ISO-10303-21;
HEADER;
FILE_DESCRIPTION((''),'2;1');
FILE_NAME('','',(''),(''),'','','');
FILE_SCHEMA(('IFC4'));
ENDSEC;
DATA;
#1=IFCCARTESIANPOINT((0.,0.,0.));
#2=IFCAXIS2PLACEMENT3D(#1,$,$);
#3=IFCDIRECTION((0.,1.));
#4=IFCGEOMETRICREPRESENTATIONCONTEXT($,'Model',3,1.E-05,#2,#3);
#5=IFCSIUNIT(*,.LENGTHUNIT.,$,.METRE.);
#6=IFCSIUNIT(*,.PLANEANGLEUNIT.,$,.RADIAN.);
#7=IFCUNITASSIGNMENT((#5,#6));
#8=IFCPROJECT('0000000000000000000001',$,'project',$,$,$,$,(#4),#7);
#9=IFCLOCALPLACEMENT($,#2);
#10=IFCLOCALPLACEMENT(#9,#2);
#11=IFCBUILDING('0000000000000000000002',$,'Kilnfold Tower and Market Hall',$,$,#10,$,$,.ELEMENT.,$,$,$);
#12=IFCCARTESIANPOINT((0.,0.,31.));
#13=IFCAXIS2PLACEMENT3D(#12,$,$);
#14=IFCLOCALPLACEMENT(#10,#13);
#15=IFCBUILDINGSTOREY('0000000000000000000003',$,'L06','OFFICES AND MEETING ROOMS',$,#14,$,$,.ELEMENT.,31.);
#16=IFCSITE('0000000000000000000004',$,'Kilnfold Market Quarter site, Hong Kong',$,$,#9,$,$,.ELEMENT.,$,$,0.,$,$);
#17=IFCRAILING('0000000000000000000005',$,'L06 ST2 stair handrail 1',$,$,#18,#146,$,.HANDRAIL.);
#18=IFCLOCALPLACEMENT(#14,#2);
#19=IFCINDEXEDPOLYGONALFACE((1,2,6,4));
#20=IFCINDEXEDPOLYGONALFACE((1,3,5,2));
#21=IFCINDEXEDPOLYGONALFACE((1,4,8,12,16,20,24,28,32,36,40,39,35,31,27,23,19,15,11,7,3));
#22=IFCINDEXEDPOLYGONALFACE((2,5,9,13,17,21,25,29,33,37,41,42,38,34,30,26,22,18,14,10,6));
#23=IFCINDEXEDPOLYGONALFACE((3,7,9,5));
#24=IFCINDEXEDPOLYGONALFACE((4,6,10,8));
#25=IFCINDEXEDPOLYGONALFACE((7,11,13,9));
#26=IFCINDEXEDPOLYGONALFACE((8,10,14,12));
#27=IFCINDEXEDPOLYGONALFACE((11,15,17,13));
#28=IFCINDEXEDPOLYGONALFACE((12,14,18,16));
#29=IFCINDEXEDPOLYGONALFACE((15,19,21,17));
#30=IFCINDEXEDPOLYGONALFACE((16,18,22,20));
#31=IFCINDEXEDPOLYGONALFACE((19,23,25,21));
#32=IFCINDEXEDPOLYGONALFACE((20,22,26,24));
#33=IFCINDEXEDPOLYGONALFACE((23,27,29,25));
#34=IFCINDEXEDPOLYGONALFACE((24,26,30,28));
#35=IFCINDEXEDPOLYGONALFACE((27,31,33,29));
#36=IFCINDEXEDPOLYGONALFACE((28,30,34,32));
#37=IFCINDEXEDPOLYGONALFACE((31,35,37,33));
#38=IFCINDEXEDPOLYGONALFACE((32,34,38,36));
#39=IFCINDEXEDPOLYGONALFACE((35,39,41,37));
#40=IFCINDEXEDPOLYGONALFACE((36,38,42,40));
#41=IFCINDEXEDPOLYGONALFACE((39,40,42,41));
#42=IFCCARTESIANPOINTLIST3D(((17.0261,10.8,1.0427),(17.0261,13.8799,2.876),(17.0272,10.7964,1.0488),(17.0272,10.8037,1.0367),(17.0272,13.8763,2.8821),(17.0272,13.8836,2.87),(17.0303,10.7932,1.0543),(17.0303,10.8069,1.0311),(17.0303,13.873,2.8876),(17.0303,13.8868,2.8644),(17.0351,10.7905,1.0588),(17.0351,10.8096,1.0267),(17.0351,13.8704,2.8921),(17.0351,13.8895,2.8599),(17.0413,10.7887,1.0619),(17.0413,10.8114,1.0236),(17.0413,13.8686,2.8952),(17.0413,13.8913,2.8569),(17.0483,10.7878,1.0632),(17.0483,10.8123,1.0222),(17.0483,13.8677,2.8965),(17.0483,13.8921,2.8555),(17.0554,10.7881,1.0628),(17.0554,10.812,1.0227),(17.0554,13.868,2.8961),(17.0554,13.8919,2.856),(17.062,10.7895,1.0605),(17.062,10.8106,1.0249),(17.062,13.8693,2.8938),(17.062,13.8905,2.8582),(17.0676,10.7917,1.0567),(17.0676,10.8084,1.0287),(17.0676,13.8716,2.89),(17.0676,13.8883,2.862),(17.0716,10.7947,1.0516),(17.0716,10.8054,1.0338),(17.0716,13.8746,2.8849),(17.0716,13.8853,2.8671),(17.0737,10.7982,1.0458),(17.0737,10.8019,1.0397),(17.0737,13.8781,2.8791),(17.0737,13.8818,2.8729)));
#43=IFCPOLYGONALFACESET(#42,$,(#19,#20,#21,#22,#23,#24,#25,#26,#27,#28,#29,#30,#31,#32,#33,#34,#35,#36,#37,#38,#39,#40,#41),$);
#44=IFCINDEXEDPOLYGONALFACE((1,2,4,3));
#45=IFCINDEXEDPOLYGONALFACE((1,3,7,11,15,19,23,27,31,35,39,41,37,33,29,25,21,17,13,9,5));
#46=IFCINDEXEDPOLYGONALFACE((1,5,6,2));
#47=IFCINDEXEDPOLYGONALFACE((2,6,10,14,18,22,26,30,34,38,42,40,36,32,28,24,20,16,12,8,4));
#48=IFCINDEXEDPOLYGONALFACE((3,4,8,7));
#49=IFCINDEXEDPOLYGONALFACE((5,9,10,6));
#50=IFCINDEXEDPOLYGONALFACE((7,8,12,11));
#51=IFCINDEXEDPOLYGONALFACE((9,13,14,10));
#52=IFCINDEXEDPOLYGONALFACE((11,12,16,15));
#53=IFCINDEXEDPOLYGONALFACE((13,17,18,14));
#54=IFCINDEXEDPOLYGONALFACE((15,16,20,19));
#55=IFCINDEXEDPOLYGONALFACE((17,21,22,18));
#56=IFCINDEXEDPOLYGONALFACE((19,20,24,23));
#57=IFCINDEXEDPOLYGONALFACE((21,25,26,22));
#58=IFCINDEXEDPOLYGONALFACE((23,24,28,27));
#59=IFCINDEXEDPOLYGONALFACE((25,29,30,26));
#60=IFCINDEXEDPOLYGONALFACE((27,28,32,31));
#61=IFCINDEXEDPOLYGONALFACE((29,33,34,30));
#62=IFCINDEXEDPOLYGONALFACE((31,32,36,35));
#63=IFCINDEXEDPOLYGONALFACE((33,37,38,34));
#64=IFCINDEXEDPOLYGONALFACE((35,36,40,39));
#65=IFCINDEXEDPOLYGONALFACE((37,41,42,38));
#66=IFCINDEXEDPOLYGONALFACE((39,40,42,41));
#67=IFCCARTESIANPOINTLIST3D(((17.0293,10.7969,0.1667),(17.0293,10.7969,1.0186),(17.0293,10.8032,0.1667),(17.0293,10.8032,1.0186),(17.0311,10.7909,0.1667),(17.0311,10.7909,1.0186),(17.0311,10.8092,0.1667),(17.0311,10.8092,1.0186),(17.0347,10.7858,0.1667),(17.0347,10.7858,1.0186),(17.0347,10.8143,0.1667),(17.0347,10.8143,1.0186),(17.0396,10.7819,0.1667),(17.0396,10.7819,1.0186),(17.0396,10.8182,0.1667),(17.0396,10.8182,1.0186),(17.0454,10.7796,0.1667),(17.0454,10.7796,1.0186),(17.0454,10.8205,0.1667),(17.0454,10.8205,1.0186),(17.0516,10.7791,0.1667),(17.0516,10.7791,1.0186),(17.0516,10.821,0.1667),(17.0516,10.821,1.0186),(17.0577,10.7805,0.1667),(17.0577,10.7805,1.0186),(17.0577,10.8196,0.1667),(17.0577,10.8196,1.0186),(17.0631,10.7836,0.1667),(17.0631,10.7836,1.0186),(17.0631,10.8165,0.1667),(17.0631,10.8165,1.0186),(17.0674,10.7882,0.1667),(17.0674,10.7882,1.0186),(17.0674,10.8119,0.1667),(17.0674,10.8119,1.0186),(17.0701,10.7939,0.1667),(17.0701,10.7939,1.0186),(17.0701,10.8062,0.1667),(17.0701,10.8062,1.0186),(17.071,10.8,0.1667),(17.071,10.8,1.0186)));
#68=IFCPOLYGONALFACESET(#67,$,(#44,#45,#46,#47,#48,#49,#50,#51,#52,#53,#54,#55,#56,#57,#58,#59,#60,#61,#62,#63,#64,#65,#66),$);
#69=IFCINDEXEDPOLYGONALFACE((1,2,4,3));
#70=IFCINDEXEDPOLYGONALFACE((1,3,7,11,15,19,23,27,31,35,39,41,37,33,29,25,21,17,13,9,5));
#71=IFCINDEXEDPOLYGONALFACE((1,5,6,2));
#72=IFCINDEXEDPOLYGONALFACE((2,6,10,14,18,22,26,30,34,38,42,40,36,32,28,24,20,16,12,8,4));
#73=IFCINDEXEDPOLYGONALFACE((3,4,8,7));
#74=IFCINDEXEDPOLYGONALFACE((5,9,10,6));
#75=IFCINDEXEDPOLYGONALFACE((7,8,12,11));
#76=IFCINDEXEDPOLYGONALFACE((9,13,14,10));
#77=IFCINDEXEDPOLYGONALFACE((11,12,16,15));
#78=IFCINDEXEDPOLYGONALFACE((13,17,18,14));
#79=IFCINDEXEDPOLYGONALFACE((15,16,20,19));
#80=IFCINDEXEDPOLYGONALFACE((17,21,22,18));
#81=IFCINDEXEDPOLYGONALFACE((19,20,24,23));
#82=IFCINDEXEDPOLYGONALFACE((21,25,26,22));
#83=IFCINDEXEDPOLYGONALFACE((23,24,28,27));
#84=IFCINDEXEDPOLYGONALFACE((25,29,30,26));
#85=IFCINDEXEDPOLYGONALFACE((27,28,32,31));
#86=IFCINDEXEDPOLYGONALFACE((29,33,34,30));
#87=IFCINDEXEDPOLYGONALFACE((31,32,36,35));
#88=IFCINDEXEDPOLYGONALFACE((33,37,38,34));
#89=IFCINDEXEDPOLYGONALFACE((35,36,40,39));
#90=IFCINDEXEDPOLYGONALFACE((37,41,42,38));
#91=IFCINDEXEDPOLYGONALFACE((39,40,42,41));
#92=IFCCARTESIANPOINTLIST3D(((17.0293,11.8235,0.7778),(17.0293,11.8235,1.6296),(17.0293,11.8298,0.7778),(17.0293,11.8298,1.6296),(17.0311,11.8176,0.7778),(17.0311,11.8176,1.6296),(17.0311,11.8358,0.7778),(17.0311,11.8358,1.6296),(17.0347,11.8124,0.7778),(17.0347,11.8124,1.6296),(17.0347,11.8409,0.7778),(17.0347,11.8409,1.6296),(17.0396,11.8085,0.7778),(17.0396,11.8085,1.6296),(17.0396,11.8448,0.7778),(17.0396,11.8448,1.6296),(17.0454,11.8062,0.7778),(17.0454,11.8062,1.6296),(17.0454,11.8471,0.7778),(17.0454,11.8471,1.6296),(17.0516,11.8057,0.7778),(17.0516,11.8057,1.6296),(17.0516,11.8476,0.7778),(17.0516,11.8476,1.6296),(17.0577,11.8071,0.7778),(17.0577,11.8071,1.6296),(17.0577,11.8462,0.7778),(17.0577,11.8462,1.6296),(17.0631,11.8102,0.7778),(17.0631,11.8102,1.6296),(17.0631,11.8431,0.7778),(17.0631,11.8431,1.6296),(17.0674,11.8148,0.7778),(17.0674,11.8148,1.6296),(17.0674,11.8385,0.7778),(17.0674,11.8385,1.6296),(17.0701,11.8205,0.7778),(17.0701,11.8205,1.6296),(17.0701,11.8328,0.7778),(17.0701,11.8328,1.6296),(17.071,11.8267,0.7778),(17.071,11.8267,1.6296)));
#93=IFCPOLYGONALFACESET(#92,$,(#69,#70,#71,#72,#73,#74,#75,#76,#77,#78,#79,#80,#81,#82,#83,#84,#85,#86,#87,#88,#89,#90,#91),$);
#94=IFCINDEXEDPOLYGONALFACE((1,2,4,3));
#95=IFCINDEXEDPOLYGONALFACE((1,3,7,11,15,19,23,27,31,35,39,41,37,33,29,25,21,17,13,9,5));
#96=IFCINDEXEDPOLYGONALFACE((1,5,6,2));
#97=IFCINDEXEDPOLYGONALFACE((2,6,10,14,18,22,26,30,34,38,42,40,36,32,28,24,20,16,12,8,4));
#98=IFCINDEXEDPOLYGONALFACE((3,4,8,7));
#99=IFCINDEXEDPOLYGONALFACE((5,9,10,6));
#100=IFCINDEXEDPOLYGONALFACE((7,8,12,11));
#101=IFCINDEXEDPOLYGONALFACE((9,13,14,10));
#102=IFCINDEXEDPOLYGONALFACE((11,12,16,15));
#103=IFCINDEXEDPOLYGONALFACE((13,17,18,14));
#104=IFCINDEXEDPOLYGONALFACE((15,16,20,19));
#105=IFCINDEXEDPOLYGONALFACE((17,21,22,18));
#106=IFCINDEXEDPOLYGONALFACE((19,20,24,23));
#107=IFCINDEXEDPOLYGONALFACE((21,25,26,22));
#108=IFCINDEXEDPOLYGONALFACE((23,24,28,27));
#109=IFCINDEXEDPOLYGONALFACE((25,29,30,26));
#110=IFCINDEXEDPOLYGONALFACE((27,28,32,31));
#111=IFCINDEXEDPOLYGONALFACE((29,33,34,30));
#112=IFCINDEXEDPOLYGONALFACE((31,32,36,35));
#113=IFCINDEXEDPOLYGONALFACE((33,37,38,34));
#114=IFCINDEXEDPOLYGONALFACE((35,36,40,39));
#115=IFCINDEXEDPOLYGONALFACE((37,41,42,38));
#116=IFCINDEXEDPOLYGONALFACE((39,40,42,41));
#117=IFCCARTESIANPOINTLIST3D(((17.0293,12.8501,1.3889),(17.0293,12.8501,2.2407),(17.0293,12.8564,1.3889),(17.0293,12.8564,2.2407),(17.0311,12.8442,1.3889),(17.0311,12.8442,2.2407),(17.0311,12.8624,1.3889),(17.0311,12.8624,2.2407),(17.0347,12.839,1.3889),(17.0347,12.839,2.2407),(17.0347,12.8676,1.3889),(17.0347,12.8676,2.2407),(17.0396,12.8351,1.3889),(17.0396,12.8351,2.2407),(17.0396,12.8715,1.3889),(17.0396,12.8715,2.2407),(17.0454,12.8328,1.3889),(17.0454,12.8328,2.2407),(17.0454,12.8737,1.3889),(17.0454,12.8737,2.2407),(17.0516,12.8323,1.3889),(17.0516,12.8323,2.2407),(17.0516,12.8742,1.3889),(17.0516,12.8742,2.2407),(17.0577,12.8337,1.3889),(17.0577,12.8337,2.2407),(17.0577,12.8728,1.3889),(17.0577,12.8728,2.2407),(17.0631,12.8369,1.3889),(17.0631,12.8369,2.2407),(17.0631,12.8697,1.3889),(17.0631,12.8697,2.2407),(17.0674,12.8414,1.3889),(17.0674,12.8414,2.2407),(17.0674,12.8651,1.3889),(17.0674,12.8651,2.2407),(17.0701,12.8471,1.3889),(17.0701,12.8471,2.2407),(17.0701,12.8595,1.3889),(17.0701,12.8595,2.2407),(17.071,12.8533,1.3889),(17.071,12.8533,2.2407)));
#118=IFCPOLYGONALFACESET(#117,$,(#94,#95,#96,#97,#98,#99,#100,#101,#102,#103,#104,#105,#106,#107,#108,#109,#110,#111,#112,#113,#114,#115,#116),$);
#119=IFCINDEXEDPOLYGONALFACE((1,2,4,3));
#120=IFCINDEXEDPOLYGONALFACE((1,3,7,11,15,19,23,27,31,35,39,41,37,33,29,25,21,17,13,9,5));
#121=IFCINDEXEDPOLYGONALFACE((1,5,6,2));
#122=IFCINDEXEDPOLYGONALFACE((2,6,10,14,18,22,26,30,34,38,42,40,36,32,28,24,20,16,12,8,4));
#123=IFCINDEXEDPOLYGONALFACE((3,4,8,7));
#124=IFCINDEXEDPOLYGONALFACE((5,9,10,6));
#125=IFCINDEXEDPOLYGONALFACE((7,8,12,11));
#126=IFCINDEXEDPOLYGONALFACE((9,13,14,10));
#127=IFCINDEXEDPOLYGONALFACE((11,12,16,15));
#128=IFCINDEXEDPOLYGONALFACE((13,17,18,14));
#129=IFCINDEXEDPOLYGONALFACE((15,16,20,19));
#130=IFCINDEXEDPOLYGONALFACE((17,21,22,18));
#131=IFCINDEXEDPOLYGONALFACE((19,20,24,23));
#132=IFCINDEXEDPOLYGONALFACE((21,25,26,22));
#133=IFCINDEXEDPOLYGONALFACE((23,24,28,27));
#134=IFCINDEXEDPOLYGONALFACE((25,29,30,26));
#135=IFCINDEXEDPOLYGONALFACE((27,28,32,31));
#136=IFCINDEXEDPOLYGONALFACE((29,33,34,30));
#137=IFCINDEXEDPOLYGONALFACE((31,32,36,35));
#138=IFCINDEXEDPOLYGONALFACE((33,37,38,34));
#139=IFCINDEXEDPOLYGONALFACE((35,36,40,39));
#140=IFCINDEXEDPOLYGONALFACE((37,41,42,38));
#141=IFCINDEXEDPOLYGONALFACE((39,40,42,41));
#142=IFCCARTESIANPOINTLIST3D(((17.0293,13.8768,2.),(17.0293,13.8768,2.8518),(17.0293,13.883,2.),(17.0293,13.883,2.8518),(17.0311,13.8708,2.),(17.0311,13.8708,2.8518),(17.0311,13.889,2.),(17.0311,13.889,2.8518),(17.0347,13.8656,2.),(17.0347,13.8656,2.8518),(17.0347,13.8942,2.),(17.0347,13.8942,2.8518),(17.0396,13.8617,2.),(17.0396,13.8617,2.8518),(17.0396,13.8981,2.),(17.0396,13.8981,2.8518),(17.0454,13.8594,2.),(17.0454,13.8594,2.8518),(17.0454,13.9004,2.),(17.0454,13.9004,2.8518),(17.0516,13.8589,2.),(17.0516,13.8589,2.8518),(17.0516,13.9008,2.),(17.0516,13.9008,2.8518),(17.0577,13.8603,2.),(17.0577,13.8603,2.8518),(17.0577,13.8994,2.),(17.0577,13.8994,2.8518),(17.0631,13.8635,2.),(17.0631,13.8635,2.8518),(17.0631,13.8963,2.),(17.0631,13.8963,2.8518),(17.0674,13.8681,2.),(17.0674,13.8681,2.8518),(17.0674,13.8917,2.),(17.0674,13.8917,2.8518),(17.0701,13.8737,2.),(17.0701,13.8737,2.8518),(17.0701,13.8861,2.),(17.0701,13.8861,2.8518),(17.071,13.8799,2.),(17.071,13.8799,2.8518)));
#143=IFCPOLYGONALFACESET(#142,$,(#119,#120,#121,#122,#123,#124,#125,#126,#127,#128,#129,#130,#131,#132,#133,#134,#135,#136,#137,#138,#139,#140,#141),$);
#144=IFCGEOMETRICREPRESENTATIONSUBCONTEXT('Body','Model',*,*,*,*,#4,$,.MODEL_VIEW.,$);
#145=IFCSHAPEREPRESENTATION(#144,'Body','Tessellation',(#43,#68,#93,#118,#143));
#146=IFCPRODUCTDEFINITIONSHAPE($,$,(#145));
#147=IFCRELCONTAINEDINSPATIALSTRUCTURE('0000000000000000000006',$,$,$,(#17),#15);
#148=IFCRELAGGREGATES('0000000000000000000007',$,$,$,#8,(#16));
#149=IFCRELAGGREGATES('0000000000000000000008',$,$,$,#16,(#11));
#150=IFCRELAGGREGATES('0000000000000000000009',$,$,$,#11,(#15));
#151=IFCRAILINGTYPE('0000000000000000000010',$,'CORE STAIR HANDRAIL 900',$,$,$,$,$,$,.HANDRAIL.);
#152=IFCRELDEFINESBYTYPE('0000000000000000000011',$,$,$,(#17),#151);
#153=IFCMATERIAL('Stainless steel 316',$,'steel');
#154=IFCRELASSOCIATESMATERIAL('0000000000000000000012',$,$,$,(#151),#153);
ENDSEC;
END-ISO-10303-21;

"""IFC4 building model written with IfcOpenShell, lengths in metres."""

from ifc_helpers import new_model, si_unit, direction, frame, origin, origin_2d, place, context, subcontext, project, spatial, circle, extrude, material, type_object, element, save


model = new_model("IFC4")

# Units and contexts
model_context = context("Model", 3, precision=1e-05, world=origin(), true_north=direction((0.0, 1.0)))
body_context = subcontext(model_context, "Body", "Model", "MODEL_VIEW")
ifc_project = project(units=[si_unit("LENGTHUNIT", "METRE"), si_unit("PLANEANGLEUNIT", "RADIAN")], contexts=[model_context])

# Site, building, storey
site_placement = place(None, origin())
site = spatial("IfcSite", under=ifc_project, at=site_placement, Name="Kilnfold Market Quarter site, Hong Kong", CompositionType="ELEMENT", RefElevation=0.0)
building_placement = place(site_placement, origin())
building = spatial("IfcBuilding", under=site, at=building_placement, Name="Kilnfold Tower and Market Hall", CompositionType="ELEMENT")
storey_placement = place(building_placement, frame((0.0, 0.0, 31.0)))
storey = spatial("IfcBuildingStorey", under=building, at=storey_placement, Name="L06", Description="OFFICES AND MEETING ROOMS", CompositionType="ELEMENT", Elevation=31.0)

# Railing
ifc_material_1 = material(Name="Stainless steel 316", Category="steel")
railing_type_1 = type_object("IfcRailingType", Name="CORE STAIR HANDRAIL 900", PredefinedType="HANDRAIL", material=ifc_material_1)
railing_1_placement = place(storey_placement, frame((17.05, 10.8, 0.1667)))
element("IfcRailing", 1, at=railing_1_placement, inside=storey, type_object=railing_type_1, Name="L06 ST2 stair handrail 1", PredefinedType="HANDRAIL", context=body_context, shape_type="SweptSolid", body=[
    extrude(circle(Radius=0.0239, at=origin_2d()), frame((0.0, 0.0, 0.876), z_axis=(0.0, 0.859291, 0.511487), x_axis=(-1.0, 0.0, 0.0)), (0.0, 0.0, 1.0), 3.5842),
    extrude(circle(Radius=0.021, at=origin_2d()), origin(), (0.0, 0.0, 1.0), 0.8518),
    extrude(circle(Radius=0.021, at=origin_2d()), frame((0.0, 1.0266, 0.6111)), (0.0, 0.0, 1.0), 0.8518),
    extrude(circle(Radius=0.021, at=origin_2d()), frame((0.0, 2.0532, 1.2222)), (0.0, 0.0, 1.0), 0.8518),
    extrude(circle(Radius=0.021, at=origin_2d()), frame((0.0, 3.0798, 1.8333)), (0.0, 0.0, 1.0), 0.8518),
])

save(model, "model.ifc")
